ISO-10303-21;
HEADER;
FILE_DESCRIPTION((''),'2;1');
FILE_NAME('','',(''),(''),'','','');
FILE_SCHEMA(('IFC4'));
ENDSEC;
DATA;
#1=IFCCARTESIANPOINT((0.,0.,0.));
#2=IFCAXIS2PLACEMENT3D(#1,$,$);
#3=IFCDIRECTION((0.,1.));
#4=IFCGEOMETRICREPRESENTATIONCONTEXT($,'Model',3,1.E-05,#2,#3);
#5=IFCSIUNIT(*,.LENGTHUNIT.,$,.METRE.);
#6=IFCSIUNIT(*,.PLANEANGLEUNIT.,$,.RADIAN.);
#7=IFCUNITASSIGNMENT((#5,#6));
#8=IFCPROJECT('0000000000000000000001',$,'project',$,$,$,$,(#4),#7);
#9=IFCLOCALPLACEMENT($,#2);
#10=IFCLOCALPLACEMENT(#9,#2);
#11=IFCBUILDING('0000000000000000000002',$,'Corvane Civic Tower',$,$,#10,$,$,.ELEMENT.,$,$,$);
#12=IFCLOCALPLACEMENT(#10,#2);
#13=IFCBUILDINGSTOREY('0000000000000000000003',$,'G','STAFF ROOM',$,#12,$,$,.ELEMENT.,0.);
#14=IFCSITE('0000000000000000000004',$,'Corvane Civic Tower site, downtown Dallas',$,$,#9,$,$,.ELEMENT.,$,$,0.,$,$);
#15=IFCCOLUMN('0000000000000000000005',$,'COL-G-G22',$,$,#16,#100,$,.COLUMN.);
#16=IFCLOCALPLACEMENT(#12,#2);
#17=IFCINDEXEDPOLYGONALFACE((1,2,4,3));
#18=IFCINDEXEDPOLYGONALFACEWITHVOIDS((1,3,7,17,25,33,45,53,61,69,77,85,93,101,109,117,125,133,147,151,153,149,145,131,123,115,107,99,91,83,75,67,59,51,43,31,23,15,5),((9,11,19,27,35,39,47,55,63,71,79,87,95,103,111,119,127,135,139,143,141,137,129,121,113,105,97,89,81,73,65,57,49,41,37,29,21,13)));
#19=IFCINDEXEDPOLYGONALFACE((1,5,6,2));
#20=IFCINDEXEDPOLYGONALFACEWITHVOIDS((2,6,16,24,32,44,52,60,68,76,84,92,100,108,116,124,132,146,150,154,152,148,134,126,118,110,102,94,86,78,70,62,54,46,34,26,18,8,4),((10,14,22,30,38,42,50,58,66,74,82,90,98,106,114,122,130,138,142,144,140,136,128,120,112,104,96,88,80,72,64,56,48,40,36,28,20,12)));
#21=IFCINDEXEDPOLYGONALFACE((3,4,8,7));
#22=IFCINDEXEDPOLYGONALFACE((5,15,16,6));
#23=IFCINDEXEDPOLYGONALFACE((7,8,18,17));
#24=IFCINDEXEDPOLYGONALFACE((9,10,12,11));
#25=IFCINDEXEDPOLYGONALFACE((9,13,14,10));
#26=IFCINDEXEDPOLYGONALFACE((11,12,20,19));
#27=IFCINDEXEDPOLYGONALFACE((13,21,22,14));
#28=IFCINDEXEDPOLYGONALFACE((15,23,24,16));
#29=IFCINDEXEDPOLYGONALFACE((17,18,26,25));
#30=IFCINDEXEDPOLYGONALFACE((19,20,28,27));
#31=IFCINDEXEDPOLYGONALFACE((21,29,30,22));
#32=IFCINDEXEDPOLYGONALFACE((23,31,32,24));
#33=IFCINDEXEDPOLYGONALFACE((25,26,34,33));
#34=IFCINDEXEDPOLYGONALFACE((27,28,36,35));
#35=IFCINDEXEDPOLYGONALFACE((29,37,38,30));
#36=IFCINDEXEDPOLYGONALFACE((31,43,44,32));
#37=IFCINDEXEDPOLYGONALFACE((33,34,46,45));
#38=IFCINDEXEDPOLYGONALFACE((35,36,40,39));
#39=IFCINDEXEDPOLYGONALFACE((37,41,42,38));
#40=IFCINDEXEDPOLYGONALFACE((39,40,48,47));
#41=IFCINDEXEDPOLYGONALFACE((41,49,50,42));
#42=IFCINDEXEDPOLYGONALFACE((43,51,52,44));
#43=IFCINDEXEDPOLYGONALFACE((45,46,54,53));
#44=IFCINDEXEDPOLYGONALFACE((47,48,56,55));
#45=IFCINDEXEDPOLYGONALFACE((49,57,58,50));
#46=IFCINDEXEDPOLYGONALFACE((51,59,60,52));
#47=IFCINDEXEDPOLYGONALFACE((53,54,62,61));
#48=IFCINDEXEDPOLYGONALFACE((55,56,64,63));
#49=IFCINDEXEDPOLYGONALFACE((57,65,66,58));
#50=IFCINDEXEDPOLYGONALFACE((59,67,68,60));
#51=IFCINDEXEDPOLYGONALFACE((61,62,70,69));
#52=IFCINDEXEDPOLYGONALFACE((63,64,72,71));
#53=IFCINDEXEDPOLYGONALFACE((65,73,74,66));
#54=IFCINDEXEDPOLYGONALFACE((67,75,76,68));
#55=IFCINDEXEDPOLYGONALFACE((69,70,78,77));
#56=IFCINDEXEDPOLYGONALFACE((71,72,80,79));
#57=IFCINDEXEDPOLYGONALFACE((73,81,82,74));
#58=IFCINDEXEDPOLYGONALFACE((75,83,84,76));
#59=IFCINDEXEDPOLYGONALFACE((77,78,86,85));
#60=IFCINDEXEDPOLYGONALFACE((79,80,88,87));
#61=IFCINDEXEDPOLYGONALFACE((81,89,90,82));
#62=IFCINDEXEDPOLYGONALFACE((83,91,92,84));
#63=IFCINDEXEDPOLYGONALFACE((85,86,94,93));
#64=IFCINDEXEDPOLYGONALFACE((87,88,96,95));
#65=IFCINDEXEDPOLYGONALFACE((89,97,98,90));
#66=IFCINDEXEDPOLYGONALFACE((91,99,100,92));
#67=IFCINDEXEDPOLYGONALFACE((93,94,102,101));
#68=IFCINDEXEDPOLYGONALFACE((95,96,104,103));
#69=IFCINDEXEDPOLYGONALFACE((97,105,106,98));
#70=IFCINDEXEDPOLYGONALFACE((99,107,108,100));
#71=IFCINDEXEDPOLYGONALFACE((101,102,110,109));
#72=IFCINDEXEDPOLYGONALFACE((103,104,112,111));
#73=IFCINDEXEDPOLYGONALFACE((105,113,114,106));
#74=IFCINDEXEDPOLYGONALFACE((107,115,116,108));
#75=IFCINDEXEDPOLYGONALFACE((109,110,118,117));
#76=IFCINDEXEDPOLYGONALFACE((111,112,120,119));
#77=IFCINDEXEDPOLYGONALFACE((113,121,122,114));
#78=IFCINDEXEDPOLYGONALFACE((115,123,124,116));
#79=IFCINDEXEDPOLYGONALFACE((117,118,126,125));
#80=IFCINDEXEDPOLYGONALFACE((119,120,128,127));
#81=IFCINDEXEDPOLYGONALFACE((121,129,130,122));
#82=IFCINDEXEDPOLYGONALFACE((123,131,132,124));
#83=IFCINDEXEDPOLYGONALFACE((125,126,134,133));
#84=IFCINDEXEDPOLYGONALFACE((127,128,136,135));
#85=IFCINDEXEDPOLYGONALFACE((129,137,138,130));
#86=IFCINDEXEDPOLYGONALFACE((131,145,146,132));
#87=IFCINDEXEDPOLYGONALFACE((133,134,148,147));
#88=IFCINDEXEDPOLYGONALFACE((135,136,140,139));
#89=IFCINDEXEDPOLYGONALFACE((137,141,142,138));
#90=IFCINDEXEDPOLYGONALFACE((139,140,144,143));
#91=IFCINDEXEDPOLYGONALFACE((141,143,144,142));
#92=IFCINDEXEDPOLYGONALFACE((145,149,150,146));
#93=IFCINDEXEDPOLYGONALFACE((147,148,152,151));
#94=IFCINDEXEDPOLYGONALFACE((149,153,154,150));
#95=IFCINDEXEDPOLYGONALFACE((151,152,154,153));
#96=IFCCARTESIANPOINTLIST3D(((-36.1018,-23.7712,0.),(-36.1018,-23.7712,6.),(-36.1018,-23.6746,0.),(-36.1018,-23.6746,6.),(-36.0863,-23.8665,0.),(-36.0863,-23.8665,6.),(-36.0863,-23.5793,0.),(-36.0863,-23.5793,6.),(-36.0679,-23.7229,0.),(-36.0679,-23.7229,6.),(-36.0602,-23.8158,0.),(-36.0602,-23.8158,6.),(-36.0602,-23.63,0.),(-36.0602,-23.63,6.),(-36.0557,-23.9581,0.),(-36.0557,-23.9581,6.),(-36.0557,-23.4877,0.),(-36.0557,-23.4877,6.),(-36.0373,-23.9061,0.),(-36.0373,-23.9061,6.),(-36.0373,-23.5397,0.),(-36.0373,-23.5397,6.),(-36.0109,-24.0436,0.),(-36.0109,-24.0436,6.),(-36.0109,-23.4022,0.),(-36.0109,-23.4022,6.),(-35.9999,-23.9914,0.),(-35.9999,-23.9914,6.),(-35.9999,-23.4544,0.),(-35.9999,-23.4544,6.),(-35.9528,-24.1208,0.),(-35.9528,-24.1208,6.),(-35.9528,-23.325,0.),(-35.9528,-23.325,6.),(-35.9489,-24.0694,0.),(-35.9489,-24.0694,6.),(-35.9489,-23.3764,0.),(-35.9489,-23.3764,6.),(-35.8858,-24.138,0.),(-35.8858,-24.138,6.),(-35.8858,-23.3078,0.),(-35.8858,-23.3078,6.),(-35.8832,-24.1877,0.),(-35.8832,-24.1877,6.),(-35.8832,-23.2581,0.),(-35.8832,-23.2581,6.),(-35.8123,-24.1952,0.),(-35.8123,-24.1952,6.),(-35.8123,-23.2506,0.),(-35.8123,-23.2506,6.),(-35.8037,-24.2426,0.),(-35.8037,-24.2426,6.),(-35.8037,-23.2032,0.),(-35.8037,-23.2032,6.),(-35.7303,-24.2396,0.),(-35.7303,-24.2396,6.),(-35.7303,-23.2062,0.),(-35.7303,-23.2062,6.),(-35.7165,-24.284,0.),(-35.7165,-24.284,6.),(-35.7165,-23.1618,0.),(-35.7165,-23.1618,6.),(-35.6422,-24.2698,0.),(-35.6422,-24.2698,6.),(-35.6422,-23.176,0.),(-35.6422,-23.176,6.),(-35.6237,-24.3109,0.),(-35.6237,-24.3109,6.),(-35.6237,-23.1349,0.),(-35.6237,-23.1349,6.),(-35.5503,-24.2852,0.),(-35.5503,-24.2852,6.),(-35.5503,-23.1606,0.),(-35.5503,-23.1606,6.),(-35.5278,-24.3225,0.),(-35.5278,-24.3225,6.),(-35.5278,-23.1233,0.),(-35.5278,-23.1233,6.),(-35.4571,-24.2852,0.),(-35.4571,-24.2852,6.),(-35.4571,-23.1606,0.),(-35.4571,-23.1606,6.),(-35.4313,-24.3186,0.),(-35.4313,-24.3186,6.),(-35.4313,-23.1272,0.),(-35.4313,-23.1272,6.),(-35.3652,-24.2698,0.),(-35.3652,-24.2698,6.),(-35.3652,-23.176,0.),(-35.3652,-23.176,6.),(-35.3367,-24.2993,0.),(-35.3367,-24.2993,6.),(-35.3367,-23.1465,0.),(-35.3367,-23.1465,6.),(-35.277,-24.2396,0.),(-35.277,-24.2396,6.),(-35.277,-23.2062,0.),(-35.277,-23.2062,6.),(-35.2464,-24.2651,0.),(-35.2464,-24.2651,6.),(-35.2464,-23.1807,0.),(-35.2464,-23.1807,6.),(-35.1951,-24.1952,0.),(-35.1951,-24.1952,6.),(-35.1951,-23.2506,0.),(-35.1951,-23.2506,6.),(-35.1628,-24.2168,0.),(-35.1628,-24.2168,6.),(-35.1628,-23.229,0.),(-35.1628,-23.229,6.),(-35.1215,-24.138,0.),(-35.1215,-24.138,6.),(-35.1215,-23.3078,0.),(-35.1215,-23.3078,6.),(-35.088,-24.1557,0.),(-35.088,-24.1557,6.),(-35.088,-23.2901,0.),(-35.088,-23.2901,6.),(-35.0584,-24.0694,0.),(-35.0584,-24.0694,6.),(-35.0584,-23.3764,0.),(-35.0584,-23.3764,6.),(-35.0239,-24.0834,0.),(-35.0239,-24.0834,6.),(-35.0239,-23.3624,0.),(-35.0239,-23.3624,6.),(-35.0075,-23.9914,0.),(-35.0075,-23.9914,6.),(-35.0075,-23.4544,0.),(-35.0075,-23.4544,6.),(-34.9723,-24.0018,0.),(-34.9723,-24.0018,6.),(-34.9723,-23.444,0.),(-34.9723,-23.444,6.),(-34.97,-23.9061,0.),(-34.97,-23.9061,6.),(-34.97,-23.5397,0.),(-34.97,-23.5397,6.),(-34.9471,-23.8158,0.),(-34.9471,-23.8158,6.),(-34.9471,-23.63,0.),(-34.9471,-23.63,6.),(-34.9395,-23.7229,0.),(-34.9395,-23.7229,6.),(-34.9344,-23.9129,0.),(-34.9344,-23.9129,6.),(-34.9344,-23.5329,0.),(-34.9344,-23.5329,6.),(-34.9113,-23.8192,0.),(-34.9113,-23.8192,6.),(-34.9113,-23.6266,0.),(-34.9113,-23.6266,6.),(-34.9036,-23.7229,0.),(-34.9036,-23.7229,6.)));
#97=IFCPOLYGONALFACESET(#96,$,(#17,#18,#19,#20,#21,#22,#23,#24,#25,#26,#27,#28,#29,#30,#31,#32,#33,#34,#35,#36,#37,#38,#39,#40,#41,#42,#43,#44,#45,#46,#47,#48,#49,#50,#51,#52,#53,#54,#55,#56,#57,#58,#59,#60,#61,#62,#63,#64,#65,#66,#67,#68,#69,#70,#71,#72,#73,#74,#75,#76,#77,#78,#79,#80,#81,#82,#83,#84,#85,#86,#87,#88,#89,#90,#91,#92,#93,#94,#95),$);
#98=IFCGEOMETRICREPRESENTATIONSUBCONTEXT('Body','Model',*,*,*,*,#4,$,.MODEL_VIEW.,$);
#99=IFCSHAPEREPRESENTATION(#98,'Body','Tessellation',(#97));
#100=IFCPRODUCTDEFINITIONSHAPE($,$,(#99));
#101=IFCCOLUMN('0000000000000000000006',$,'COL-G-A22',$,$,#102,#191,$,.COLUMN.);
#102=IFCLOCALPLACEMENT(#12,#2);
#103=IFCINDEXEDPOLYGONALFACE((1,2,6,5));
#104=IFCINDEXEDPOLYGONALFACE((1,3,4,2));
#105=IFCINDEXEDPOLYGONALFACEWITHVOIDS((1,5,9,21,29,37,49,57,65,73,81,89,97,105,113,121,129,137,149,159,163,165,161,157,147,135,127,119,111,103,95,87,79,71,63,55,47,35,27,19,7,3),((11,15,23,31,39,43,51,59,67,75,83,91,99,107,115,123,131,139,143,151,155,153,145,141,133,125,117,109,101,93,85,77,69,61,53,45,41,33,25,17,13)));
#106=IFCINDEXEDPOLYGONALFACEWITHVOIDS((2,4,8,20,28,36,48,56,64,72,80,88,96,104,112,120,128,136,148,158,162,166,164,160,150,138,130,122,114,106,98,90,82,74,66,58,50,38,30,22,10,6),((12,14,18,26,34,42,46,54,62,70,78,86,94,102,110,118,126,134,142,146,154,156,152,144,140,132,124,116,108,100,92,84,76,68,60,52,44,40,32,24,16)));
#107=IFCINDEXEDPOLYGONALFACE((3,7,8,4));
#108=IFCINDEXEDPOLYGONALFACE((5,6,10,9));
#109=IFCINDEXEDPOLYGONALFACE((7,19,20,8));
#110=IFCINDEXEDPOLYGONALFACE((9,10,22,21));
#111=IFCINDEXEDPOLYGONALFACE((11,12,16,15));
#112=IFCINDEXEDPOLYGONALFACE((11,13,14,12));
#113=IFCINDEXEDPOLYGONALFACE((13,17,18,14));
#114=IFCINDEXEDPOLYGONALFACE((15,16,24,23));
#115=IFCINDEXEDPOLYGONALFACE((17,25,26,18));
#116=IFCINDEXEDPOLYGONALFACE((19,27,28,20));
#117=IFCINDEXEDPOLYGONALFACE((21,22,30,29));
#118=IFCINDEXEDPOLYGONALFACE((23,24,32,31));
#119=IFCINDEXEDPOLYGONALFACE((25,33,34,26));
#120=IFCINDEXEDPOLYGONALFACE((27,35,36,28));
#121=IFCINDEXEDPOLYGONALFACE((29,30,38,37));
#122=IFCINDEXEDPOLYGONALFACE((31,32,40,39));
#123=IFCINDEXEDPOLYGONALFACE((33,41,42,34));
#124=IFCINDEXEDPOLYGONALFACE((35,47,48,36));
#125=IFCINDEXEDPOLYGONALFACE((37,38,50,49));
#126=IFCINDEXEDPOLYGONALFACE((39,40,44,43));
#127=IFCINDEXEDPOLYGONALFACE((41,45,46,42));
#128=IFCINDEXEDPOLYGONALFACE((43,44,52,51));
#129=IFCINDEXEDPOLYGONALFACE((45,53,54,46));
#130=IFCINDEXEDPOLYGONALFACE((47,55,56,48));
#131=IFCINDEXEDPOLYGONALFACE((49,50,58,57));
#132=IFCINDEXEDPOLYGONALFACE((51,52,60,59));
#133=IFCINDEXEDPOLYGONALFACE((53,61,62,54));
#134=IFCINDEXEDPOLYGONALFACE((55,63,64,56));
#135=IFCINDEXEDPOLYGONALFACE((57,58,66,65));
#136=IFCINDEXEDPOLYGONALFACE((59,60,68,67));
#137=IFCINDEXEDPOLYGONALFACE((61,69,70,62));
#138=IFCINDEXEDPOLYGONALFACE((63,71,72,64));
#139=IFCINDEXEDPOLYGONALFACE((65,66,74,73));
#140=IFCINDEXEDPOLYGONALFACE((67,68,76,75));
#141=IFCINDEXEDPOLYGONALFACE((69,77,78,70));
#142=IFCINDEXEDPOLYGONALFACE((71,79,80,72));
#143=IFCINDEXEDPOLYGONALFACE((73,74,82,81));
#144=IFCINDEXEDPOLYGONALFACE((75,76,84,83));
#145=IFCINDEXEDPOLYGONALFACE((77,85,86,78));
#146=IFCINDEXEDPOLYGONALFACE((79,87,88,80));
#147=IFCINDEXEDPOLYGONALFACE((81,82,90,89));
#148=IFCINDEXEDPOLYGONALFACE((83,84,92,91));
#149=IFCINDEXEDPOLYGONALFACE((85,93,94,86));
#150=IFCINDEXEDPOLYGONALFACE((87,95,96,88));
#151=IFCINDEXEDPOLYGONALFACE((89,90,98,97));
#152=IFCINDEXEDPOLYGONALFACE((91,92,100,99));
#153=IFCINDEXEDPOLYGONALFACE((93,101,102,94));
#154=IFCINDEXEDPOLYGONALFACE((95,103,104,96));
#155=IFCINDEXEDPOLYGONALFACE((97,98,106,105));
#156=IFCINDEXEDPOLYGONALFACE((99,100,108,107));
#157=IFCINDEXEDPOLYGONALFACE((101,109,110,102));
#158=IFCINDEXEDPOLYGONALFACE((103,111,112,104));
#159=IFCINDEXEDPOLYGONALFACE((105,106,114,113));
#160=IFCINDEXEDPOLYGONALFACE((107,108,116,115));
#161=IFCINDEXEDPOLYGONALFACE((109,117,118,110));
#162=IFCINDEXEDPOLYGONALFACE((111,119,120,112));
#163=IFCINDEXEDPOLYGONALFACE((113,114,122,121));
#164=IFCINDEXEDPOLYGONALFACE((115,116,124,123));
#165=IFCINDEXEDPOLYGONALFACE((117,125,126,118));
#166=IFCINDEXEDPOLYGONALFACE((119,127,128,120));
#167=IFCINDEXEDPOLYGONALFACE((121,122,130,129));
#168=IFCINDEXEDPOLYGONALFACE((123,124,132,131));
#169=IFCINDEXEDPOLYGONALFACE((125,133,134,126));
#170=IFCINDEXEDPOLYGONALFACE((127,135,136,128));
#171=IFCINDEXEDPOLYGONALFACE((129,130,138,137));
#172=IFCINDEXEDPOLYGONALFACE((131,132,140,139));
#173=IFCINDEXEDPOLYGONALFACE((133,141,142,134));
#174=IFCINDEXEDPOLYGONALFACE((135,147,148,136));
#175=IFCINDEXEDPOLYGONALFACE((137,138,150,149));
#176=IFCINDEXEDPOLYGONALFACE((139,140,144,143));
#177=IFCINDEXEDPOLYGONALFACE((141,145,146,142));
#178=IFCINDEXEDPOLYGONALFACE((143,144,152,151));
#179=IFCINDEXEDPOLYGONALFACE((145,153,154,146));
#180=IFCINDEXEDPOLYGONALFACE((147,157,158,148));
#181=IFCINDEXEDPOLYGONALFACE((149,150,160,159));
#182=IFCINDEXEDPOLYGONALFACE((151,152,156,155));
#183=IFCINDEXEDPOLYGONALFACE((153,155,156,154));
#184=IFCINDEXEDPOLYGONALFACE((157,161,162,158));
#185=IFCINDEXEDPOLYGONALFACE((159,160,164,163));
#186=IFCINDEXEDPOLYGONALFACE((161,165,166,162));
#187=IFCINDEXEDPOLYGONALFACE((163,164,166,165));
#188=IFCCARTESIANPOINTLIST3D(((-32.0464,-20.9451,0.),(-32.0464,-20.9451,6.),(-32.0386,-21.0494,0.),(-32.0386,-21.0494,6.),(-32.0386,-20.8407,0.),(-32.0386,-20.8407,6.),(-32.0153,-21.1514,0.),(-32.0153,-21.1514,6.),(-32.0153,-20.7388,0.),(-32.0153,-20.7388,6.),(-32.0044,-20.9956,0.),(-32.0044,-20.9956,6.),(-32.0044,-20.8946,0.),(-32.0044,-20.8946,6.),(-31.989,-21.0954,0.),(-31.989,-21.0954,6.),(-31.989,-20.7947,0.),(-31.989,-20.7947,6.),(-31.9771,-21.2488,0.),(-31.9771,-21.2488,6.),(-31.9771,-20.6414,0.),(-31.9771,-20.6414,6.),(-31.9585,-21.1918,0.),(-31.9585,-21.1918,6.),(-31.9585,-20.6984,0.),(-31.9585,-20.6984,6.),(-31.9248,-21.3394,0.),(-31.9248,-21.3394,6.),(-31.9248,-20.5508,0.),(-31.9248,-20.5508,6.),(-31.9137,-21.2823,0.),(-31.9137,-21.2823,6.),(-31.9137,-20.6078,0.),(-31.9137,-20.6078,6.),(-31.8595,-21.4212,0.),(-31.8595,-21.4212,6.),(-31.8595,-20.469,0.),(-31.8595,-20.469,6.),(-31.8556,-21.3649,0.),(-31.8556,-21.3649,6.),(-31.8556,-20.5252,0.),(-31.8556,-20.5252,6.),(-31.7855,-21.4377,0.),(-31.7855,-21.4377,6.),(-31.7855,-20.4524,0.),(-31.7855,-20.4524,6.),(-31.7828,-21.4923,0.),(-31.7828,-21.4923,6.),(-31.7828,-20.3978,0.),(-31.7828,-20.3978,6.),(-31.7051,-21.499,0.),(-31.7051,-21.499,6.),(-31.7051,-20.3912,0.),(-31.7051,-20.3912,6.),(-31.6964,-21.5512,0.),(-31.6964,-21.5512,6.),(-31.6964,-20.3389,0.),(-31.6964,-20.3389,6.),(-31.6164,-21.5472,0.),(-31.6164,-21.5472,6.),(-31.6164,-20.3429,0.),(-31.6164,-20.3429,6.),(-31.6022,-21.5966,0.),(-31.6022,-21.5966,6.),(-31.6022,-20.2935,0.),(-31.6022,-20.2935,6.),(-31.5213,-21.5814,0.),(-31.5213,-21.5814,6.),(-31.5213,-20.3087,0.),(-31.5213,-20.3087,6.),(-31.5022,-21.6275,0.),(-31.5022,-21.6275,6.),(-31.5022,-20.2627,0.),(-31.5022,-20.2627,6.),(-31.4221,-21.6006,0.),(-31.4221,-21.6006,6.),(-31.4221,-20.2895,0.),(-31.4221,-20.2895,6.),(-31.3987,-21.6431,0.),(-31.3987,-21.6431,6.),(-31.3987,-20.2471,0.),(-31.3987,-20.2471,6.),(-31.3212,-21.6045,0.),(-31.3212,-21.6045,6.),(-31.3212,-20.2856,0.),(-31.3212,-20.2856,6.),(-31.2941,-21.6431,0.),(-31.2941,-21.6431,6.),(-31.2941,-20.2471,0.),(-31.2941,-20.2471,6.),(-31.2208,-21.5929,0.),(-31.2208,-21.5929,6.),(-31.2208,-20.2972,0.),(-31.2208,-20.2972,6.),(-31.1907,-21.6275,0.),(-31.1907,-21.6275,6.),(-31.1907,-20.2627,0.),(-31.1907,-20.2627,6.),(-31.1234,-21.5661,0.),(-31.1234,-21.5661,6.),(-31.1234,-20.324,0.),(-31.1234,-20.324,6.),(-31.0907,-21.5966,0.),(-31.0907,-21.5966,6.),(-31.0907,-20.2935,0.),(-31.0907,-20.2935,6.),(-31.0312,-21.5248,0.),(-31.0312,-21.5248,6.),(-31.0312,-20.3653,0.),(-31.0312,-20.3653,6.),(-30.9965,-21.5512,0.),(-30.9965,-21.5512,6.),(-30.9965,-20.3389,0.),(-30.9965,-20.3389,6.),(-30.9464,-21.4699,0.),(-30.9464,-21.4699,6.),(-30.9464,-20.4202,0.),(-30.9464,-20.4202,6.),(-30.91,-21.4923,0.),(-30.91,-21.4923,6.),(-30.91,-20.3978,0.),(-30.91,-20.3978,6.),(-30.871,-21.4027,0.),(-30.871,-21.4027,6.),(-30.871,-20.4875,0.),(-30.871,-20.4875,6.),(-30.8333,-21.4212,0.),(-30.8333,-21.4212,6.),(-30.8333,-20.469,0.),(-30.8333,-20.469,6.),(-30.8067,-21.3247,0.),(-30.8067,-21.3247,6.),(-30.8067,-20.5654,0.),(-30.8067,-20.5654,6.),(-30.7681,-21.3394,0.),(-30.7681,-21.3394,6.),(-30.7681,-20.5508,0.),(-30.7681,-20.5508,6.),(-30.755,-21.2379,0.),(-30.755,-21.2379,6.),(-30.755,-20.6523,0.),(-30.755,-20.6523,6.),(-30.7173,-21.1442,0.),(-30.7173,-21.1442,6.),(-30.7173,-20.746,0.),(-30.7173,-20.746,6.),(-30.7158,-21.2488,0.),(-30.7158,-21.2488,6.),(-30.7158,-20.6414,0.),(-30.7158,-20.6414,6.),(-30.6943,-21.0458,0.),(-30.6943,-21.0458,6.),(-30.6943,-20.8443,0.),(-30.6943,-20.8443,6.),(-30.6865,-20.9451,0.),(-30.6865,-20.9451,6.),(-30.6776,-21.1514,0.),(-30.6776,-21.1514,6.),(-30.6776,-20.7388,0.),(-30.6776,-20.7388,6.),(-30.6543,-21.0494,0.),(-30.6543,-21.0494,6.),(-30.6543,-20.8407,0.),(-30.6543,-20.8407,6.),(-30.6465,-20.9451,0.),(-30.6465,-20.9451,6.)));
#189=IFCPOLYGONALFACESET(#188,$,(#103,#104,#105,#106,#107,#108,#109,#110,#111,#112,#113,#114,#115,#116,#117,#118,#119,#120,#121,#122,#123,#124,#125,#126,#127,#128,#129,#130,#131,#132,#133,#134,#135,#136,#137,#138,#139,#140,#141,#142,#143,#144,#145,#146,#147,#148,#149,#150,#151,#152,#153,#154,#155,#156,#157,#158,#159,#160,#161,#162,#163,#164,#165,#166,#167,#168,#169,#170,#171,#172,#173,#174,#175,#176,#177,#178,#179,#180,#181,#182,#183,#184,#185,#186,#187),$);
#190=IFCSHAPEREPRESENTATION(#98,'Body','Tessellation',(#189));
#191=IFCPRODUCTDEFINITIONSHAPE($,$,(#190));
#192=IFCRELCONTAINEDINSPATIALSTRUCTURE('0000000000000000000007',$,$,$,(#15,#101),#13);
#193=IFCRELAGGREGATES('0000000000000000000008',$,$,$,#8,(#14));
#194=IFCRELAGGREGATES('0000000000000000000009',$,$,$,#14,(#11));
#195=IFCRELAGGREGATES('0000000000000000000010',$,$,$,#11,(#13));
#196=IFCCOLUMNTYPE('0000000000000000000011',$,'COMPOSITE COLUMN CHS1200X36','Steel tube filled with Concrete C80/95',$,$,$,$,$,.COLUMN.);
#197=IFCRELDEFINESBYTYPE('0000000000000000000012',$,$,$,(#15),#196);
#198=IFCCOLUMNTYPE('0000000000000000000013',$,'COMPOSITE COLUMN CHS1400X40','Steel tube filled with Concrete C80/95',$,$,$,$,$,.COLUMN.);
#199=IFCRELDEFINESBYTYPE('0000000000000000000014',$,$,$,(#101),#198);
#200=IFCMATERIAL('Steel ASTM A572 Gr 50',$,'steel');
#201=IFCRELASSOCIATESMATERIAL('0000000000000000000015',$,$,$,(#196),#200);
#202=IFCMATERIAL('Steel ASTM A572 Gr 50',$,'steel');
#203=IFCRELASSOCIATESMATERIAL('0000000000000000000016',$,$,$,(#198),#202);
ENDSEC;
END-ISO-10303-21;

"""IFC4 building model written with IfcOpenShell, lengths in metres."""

from ifc_helpers import new_model, si_unit, direction, frame, origin, origin_2d, place, context, subcontext, project, spatial, hollow_circle, extrude, material, material_profile, profile_set, type_object, element, save


model = new_model("IFC4")

# Units and contexts
model_context = context("Model", 3, precision=1e-05, world=origin(), true_north=direction((0.0, 1.0)))
body_context = subcontext(model_context, "Body", "Model", "MODEL_VIEW")
ifc_project = project(units=[si_unit("LENGTHUNIT", "METRE"), si_unit("PLANEANGLEUNIT", "RADIAN")], contexts=[model_context])

# Site, building, storey
site_placement = place(None, origin())
site = spatial("IfcSite", under=ifc_project, at=site_placement, Name="Corvane Civic Tower site, downtown Dallas", CompositionType="ELEMENT", RefElevation=0.0)
building_placement = place(site_placement, origin())
building = spatial("IfcBuilding", under=site, at=building_placement, Name="Corvane Civic Tower", CompositionType="ELEMENT")
storey_placement = place(building_placement, origin())
storey = spatial("IfcBuildingStorey", under=building, at=storey_placement, Name="G", Description="STAFF ROOM", CompositionType="ELEMENT", Elevation=0.0)

# Columns
ifc_material_1 = material(Name="Steel ASTM A572 Gr 50", Category="steel")
ifc_material_profile_1 = material_profile(ifc_material_1, hollow_circle(Radius=0.6001, WallThickness=0.0359, at=origin_2d()), Name="CHS1200X36")
ifc_profile_set_1 = profile_set([ifc_material_profile_1], Name="Steel ASTM A572 Gr 50")
column_type_1 = type_object("IfcColumnType", Name="COMPOSITE COLUMN CHS1200X36", Description="Steel tube filled with Concrete C80/95", PredefinedType="COLUMN", material=ifc_profile_set_1)
column_1_placement = place(storey_placement, frame((-35.5037, -23.7229, 0.0), z_axis=(0.0, 0.0, 1.0), x_axis=(1.0, 0.0, 0.0)))
element("IfcColumn", 1, at=column_1_placement, inside=storey, type_object=column_type_1, Name="COL-G-G22", PredefinedType="COLUMN", context=body_context, shape_type="SweptSolid", body=[
    extrude(hollow_circle(Radius=0.6001, WallThickness=0.0359, at=origin_2d()), origin(), (0.0, 0.0, 1.0), 6.0),
])
ifc_material_2 = material(Name="Steel ASTM A572 Gr 50", Category="steel")
ifc_material_profile_2 = material_profile(ifc_material_2, hollow_circle(Radius=0.7, WallThickness=0.04, at=origin_2d()), Name="CHS1400X40")
ifc_profile_set_2 = profile_set([ifc_material_profile_2], Name="Steel ASTM A572 Gr 50")
column_type_2 = type_object("IfcColumnType", Name="COMPOSITE COLUMN CHS1400X40", Description="Steel tube filled with Concrete C80/95", PredefinedType="COLUMN", material=ifc_profile_set_2)
column_2_placement = place(storey_placement, frame((-31.3464, -20.9451, 0.0), z_axis=(0.0, 0.0, 1.0), x_axis=(1.0, 0.0, 0.0)))
element("IfcColumn", 2, at=column_2_placement, inside=storey, type_object=column_type_2, Name="COL-G-A22", PredefinedType="COLUMN", context=body_context, shape_type="SweptSolid", body=[
    extrude(hollow_circle(Radius=0.7, WallThickness=0.04, at=origin_2d()), origin(), (0.0, 0.0, 1.0), 6.0),
])

save(model, "model.ifc")
